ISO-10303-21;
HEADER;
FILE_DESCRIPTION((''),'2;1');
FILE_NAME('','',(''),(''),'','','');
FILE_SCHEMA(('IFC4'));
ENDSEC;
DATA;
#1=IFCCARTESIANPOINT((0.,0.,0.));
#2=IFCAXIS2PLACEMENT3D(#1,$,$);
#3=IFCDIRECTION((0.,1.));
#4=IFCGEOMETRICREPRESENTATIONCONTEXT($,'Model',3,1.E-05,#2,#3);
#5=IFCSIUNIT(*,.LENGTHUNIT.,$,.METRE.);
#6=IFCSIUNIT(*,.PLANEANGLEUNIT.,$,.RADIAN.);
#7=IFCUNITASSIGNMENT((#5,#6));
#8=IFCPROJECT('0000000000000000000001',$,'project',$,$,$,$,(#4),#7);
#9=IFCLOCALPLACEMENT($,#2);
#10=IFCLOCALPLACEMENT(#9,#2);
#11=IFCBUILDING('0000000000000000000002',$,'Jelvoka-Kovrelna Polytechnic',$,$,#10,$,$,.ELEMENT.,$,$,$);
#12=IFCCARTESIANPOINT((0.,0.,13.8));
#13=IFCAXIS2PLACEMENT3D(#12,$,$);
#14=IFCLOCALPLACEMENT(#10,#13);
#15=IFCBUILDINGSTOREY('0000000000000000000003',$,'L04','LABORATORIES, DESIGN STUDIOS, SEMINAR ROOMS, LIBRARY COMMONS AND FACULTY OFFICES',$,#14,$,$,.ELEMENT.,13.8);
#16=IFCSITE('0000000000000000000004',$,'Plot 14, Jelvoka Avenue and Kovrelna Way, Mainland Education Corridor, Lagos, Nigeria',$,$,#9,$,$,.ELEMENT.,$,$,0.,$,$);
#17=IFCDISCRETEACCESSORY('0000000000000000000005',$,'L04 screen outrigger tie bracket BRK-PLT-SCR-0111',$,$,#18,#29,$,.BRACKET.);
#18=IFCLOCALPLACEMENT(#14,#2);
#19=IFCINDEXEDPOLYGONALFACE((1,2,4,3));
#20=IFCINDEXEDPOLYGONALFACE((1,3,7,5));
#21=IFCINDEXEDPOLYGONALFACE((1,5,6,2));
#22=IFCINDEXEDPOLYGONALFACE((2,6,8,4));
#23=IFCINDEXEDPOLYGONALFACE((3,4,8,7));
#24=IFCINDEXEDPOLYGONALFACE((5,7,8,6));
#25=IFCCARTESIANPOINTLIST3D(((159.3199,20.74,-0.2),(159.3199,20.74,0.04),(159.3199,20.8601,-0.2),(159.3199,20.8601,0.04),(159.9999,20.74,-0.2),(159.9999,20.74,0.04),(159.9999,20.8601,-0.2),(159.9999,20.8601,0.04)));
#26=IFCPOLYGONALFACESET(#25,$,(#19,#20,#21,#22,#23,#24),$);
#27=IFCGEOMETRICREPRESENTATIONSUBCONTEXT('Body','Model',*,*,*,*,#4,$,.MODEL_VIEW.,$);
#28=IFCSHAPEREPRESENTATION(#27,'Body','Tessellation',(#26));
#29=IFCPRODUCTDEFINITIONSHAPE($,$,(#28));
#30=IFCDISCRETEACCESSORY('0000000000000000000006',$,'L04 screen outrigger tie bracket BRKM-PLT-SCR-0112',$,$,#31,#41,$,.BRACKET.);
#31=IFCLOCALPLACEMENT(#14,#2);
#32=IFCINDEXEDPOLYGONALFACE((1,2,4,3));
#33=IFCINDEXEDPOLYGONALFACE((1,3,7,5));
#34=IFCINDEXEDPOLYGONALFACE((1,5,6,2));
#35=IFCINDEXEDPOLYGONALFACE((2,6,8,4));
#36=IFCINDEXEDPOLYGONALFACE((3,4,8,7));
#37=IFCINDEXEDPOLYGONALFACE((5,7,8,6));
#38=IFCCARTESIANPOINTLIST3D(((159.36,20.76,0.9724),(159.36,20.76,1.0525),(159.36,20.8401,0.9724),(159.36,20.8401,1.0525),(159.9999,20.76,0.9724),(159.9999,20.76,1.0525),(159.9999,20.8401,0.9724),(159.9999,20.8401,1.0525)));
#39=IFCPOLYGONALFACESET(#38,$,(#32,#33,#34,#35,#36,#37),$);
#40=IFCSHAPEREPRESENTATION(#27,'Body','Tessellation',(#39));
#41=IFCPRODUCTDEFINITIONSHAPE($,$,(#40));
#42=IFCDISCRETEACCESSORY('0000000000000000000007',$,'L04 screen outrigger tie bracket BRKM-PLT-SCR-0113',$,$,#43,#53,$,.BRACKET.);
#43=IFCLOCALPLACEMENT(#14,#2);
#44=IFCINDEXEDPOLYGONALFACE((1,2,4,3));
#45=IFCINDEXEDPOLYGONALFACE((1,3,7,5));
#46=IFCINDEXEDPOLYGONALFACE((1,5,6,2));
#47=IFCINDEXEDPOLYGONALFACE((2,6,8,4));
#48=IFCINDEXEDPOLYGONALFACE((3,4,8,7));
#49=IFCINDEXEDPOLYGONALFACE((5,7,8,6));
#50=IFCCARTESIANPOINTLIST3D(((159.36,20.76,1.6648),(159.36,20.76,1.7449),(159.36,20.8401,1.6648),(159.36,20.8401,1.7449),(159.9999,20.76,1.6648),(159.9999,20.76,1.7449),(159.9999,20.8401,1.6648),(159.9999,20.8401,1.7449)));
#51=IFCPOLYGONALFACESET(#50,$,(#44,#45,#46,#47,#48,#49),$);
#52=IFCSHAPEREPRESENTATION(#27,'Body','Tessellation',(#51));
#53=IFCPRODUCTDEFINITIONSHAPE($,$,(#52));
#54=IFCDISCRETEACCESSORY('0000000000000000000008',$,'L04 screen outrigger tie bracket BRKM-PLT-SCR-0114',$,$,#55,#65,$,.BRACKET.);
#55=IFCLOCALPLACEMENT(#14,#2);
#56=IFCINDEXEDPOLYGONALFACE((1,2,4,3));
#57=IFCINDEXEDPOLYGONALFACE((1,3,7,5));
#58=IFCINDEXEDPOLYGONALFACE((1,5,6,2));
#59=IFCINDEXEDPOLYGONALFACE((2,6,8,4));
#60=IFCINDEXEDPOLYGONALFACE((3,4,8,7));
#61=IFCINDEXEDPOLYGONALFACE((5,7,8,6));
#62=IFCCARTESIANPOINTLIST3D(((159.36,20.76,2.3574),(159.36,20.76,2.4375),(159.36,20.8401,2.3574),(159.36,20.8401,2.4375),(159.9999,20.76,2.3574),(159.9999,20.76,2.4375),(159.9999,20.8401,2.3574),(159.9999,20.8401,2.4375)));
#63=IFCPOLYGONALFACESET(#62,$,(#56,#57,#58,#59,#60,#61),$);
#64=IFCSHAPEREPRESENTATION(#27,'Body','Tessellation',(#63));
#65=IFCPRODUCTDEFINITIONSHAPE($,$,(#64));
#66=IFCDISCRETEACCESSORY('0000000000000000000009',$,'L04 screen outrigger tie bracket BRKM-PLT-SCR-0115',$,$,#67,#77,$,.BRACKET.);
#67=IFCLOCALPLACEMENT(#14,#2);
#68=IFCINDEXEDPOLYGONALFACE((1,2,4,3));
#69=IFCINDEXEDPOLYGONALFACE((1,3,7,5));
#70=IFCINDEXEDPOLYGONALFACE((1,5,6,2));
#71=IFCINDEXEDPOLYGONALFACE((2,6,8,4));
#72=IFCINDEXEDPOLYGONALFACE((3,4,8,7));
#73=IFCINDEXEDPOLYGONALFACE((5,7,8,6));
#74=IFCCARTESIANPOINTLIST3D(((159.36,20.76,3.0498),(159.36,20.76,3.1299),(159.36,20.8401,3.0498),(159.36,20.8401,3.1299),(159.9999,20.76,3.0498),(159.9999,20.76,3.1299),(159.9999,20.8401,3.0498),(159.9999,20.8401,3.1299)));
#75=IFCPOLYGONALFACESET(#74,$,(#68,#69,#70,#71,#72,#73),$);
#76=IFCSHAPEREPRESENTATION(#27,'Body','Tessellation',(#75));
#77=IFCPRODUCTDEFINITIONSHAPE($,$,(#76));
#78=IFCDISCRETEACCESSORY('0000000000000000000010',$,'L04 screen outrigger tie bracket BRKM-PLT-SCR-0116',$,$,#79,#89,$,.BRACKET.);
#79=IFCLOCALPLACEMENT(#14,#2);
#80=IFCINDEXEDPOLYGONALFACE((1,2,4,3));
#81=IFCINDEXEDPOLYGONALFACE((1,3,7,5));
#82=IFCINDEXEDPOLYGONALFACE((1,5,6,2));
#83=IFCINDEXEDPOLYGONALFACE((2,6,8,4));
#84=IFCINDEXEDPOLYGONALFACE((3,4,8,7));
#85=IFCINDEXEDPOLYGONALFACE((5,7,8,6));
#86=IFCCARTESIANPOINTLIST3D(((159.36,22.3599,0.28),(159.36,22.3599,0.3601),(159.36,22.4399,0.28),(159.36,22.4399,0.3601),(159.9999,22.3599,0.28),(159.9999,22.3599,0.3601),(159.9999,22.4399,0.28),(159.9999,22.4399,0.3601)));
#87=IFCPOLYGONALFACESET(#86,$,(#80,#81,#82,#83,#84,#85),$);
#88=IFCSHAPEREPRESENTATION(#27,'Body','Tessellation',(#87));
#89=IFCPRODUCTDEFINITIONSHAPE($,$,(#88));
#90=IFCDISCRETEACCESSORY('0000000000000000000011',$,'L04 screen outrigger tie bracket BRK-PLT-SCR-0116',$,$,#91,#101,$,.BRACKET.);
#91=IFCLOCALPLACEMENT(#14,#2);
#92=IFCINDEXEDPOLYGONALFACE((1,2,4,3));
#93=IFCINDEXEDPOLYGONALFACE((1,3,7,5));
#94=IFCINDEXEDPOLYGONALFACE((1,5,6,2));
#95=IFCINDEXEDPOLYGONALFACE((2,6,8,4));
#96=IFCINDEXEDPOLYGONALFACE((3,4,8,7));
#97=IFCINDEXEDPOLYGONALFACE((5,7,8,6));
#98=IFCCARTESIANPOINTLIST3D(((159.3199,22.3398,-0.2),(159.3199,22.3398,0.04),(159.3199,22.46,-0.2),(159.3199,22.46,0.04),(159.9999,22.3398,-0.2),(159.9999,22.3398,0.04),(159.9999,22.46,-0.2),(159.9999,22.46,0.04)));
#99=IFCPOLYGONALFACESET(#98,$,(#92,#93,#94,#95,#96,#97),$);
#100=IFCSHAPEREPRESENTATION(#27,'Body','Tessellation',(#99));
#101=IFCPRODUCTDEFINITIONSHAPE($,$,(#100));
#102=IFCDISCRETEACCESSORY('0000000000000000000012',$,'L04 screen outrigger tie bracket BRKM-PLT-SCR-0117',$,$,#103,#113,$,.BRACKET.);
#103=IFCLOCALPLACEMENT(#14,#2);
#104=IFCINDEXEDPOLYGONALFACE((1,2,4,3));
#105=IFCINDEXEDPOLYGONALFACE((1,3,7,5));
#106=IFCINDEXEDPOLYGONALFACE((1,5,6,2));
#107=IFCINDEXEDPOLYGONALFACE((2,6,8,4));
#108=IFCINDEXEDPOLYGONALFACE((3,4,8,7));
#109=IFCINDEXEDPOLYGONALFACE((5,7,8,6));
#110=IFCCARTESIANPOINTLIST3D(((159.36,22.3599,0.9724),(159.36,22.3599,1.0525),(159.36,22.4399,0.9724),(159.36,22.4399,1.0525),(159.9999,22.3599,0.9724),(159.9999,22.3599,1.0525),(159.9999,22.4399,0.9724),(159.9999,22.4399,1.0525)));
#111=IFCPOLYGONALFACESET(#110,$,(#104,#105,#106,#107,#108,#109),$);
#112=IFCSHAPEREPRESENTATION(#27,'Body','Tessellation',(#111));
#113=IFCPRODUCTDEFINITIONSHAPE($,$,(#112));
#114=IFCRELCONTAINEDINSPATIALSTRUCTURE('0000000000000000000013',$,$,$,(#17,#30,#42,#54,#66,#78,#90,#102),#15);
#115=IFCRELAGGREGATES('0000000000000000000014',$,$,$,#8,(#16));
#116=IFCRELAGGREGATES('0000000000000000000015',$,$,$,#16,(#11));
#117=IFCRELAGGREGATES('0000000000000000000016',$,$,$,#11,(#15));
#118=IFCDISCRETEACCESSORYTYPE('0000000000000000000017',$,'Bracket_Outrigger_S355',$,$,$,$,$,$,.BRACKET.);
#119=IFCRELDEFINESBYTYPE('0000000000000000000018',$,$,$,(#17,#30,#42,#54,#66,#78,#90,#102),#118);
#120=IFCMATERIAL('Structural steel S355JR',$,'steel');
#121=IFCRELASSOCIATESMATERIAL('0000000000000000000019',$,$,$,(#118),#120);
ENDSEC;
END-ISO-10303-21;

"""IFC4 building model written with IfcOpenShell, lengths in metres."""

from ifc_helpers import new_model, si_unit, direction, frame, origin, origin_2d, place, context, subcontext, project, spatial, rectangle, extrude, material, type_object, element, save


model = new_model("IFC4")

# Units and contexts
model_context = context("Model", 3, precision=1e-05, world=origin(), true_north=direction((0.0, 1.0)))
body_context = subcontext(model_context, "Body", "Model", "MODEL_VIEW")
ifc_project = project(units=[si_unit("LENGTHUNIT", "METRE"), si_unit("PLANEANGLEUNIT", "RADIAN")], contexts=[model_context])

# Site, building, storey
site_placement = place(None, origin())
site = spatial("IfcSite", under=ifc_project, at=site_placement, Name="Plot 14, Jelvoka Avenue and Kovrelna Way, Mainland Education Corridor, Lagos, Nigeria", CompositionType="ELEMENT", RefElevation=0.0)
building_placement = place(site_placement, origin())
building = spatial("IfcBuilding", under=site, at=building_placement, Name="Jelvoka-Kovrelna Polytechnic", CompositionType="ELEMENT")
storey_placement = place(building_placement, frame((0.0, 0.0, 13.8)))
storey = spatial("IfcBuildingStorey", under=building, at=storey_placement, Name="L04", Description="LABORATORIES, DESIGN STUDIOS, SEMINAR ROOMS, LIBRARY COMMONS AND FACULTY OFFICES", CompositionType="ELEMENT", Elevation=13.8)

# Discrete accessories
ifc_material_1 = material(Name="Structural steel S355JR", Category="steel")
discrete_accessory_type = type_object("IfcDiscreteAccessoryType", Name="Bracket_Outrigger_S355", PredefinedType="BRACKET", material=ifc_material_1)
discrete_accessory_1_placement = place(storey_placement, frame((159.6599, 20.8, -0.2), z_axis=(0.0, 0.0, 1.0), x_axis=(1.0, 0.0, 0.0)))
element("IfcDiscreteAccessory", 1, at=discrete_accessory_1_placement, inside=storey, type_object=discrete_accessory_type, Name="L04 screen outrigger tie bracket BRK-PLT-SCR-0111", PredefinedType="BRACKET", context=body_context, shape_type="SweptSolid", body=[
    extrude(rectangle(XDim=0.6799, YDim=0.1201, at=origin_2d()), origin(), (0.0, 0.0, 1.0), 0.24),
])
for number, where, z_axis, x_axis, name in (
    (2, (159.6799, 20.8, 0.9724), (0.0, 0.0, 1.0), (1.0, 0.0, 0.0), "L04 screen outrigger tie bracket BRKM-PLT-SCR-0112"),
    (3, (159.6799, 20.8, 1.6648), (0.0, 0.0, 1.0), (1.0, 0.0, 0.0), "L04 screen outrigger tie bracket BRKM-PLT-SCR-0113"),
    (4, (159.6799, 20.8, 2.3574), (0.0, 0.0, 1.0), (1.0, 0.0, 0.0), "L04 screen outrigger tie bracket BRKM-PLT-SCR-0114"),
    (5, (159.6799, 20.8, 3.0498), (0.0, 0.0, 1.0), (1.0, 0.0, 0.0), "L04 screen outrigger tie bracket BRKM-PLT-SCR-0115"),
    (6, (159.6799, 22.3999, 0.28), (0.0, 0.0, 1.0), (1.0, 0.0, 0.0), "L04 screen outrigger tie bracket BRKM-PLT-SCR-0116"),
):
    element("IfcDiscreteAccessory", number, at=place(storey_placement, frame(where, z_axis=z_axis, x_axis=x_axis)), inside=storey, type_object=discrete_accessory_type, Name=name, PredefinedType="BRACKET", context=body_context, shape_type="SweptSolid", body=[
        extrude(rectangle(XDim=0.6399, YDim=0.0801, at=origin_2d()), origin(), (0.0, 0.0, 1.0), 0.0801),
    ])
discrete_accessory_2_placement = place(storey_placement, frame((159.6599, 22.3999, -0.2), z_axis=(0.0, 0.0, 1.0), x_axis=(1.0, 0.0, 0.0)))
element("IfcDiscreteAccessory", 7, at=discrete_accessory_2_placement, inside=storey, type_object=discrete_accessory_type, Name="L04 screen outrigger tie bracket BRK-PLT-SCR-0116", PredefinedType="BRACKET", context=body_context, shape_type="SweptSolid", body=[
    extrude(rectangle(XDim=0.6799, YDim=0.1201, at=origin_2d()), origin(), (0.0, 0.0, 1.0), 0.24),
])
discrete_accessory_3_placement = place(storey_placement, frame((159.6799, 22.3999, 0.9724), z_axis=(0.0, 0.0, 1.0), x_axis=(1.0, 0.0, 0.0)))
element("IfcDiscreteAccessory", 8, at=discrete_accessory_3_placement, inside=storey, type_object=discrete_accessory_type, Name="L04 screen outrigger tie bracket BRKM-PLT-SCR-0117", PredefinedType="BRACKET", context=body_context, shape_type="SweptSolid", body=[
    extrude(rectangle(XDim=0.6399, YDim=0.0801, at=origin_2d()), origin(), (0.0, 0.0, 1.0), 0.0801),
])

save(model, "model.ifc")
